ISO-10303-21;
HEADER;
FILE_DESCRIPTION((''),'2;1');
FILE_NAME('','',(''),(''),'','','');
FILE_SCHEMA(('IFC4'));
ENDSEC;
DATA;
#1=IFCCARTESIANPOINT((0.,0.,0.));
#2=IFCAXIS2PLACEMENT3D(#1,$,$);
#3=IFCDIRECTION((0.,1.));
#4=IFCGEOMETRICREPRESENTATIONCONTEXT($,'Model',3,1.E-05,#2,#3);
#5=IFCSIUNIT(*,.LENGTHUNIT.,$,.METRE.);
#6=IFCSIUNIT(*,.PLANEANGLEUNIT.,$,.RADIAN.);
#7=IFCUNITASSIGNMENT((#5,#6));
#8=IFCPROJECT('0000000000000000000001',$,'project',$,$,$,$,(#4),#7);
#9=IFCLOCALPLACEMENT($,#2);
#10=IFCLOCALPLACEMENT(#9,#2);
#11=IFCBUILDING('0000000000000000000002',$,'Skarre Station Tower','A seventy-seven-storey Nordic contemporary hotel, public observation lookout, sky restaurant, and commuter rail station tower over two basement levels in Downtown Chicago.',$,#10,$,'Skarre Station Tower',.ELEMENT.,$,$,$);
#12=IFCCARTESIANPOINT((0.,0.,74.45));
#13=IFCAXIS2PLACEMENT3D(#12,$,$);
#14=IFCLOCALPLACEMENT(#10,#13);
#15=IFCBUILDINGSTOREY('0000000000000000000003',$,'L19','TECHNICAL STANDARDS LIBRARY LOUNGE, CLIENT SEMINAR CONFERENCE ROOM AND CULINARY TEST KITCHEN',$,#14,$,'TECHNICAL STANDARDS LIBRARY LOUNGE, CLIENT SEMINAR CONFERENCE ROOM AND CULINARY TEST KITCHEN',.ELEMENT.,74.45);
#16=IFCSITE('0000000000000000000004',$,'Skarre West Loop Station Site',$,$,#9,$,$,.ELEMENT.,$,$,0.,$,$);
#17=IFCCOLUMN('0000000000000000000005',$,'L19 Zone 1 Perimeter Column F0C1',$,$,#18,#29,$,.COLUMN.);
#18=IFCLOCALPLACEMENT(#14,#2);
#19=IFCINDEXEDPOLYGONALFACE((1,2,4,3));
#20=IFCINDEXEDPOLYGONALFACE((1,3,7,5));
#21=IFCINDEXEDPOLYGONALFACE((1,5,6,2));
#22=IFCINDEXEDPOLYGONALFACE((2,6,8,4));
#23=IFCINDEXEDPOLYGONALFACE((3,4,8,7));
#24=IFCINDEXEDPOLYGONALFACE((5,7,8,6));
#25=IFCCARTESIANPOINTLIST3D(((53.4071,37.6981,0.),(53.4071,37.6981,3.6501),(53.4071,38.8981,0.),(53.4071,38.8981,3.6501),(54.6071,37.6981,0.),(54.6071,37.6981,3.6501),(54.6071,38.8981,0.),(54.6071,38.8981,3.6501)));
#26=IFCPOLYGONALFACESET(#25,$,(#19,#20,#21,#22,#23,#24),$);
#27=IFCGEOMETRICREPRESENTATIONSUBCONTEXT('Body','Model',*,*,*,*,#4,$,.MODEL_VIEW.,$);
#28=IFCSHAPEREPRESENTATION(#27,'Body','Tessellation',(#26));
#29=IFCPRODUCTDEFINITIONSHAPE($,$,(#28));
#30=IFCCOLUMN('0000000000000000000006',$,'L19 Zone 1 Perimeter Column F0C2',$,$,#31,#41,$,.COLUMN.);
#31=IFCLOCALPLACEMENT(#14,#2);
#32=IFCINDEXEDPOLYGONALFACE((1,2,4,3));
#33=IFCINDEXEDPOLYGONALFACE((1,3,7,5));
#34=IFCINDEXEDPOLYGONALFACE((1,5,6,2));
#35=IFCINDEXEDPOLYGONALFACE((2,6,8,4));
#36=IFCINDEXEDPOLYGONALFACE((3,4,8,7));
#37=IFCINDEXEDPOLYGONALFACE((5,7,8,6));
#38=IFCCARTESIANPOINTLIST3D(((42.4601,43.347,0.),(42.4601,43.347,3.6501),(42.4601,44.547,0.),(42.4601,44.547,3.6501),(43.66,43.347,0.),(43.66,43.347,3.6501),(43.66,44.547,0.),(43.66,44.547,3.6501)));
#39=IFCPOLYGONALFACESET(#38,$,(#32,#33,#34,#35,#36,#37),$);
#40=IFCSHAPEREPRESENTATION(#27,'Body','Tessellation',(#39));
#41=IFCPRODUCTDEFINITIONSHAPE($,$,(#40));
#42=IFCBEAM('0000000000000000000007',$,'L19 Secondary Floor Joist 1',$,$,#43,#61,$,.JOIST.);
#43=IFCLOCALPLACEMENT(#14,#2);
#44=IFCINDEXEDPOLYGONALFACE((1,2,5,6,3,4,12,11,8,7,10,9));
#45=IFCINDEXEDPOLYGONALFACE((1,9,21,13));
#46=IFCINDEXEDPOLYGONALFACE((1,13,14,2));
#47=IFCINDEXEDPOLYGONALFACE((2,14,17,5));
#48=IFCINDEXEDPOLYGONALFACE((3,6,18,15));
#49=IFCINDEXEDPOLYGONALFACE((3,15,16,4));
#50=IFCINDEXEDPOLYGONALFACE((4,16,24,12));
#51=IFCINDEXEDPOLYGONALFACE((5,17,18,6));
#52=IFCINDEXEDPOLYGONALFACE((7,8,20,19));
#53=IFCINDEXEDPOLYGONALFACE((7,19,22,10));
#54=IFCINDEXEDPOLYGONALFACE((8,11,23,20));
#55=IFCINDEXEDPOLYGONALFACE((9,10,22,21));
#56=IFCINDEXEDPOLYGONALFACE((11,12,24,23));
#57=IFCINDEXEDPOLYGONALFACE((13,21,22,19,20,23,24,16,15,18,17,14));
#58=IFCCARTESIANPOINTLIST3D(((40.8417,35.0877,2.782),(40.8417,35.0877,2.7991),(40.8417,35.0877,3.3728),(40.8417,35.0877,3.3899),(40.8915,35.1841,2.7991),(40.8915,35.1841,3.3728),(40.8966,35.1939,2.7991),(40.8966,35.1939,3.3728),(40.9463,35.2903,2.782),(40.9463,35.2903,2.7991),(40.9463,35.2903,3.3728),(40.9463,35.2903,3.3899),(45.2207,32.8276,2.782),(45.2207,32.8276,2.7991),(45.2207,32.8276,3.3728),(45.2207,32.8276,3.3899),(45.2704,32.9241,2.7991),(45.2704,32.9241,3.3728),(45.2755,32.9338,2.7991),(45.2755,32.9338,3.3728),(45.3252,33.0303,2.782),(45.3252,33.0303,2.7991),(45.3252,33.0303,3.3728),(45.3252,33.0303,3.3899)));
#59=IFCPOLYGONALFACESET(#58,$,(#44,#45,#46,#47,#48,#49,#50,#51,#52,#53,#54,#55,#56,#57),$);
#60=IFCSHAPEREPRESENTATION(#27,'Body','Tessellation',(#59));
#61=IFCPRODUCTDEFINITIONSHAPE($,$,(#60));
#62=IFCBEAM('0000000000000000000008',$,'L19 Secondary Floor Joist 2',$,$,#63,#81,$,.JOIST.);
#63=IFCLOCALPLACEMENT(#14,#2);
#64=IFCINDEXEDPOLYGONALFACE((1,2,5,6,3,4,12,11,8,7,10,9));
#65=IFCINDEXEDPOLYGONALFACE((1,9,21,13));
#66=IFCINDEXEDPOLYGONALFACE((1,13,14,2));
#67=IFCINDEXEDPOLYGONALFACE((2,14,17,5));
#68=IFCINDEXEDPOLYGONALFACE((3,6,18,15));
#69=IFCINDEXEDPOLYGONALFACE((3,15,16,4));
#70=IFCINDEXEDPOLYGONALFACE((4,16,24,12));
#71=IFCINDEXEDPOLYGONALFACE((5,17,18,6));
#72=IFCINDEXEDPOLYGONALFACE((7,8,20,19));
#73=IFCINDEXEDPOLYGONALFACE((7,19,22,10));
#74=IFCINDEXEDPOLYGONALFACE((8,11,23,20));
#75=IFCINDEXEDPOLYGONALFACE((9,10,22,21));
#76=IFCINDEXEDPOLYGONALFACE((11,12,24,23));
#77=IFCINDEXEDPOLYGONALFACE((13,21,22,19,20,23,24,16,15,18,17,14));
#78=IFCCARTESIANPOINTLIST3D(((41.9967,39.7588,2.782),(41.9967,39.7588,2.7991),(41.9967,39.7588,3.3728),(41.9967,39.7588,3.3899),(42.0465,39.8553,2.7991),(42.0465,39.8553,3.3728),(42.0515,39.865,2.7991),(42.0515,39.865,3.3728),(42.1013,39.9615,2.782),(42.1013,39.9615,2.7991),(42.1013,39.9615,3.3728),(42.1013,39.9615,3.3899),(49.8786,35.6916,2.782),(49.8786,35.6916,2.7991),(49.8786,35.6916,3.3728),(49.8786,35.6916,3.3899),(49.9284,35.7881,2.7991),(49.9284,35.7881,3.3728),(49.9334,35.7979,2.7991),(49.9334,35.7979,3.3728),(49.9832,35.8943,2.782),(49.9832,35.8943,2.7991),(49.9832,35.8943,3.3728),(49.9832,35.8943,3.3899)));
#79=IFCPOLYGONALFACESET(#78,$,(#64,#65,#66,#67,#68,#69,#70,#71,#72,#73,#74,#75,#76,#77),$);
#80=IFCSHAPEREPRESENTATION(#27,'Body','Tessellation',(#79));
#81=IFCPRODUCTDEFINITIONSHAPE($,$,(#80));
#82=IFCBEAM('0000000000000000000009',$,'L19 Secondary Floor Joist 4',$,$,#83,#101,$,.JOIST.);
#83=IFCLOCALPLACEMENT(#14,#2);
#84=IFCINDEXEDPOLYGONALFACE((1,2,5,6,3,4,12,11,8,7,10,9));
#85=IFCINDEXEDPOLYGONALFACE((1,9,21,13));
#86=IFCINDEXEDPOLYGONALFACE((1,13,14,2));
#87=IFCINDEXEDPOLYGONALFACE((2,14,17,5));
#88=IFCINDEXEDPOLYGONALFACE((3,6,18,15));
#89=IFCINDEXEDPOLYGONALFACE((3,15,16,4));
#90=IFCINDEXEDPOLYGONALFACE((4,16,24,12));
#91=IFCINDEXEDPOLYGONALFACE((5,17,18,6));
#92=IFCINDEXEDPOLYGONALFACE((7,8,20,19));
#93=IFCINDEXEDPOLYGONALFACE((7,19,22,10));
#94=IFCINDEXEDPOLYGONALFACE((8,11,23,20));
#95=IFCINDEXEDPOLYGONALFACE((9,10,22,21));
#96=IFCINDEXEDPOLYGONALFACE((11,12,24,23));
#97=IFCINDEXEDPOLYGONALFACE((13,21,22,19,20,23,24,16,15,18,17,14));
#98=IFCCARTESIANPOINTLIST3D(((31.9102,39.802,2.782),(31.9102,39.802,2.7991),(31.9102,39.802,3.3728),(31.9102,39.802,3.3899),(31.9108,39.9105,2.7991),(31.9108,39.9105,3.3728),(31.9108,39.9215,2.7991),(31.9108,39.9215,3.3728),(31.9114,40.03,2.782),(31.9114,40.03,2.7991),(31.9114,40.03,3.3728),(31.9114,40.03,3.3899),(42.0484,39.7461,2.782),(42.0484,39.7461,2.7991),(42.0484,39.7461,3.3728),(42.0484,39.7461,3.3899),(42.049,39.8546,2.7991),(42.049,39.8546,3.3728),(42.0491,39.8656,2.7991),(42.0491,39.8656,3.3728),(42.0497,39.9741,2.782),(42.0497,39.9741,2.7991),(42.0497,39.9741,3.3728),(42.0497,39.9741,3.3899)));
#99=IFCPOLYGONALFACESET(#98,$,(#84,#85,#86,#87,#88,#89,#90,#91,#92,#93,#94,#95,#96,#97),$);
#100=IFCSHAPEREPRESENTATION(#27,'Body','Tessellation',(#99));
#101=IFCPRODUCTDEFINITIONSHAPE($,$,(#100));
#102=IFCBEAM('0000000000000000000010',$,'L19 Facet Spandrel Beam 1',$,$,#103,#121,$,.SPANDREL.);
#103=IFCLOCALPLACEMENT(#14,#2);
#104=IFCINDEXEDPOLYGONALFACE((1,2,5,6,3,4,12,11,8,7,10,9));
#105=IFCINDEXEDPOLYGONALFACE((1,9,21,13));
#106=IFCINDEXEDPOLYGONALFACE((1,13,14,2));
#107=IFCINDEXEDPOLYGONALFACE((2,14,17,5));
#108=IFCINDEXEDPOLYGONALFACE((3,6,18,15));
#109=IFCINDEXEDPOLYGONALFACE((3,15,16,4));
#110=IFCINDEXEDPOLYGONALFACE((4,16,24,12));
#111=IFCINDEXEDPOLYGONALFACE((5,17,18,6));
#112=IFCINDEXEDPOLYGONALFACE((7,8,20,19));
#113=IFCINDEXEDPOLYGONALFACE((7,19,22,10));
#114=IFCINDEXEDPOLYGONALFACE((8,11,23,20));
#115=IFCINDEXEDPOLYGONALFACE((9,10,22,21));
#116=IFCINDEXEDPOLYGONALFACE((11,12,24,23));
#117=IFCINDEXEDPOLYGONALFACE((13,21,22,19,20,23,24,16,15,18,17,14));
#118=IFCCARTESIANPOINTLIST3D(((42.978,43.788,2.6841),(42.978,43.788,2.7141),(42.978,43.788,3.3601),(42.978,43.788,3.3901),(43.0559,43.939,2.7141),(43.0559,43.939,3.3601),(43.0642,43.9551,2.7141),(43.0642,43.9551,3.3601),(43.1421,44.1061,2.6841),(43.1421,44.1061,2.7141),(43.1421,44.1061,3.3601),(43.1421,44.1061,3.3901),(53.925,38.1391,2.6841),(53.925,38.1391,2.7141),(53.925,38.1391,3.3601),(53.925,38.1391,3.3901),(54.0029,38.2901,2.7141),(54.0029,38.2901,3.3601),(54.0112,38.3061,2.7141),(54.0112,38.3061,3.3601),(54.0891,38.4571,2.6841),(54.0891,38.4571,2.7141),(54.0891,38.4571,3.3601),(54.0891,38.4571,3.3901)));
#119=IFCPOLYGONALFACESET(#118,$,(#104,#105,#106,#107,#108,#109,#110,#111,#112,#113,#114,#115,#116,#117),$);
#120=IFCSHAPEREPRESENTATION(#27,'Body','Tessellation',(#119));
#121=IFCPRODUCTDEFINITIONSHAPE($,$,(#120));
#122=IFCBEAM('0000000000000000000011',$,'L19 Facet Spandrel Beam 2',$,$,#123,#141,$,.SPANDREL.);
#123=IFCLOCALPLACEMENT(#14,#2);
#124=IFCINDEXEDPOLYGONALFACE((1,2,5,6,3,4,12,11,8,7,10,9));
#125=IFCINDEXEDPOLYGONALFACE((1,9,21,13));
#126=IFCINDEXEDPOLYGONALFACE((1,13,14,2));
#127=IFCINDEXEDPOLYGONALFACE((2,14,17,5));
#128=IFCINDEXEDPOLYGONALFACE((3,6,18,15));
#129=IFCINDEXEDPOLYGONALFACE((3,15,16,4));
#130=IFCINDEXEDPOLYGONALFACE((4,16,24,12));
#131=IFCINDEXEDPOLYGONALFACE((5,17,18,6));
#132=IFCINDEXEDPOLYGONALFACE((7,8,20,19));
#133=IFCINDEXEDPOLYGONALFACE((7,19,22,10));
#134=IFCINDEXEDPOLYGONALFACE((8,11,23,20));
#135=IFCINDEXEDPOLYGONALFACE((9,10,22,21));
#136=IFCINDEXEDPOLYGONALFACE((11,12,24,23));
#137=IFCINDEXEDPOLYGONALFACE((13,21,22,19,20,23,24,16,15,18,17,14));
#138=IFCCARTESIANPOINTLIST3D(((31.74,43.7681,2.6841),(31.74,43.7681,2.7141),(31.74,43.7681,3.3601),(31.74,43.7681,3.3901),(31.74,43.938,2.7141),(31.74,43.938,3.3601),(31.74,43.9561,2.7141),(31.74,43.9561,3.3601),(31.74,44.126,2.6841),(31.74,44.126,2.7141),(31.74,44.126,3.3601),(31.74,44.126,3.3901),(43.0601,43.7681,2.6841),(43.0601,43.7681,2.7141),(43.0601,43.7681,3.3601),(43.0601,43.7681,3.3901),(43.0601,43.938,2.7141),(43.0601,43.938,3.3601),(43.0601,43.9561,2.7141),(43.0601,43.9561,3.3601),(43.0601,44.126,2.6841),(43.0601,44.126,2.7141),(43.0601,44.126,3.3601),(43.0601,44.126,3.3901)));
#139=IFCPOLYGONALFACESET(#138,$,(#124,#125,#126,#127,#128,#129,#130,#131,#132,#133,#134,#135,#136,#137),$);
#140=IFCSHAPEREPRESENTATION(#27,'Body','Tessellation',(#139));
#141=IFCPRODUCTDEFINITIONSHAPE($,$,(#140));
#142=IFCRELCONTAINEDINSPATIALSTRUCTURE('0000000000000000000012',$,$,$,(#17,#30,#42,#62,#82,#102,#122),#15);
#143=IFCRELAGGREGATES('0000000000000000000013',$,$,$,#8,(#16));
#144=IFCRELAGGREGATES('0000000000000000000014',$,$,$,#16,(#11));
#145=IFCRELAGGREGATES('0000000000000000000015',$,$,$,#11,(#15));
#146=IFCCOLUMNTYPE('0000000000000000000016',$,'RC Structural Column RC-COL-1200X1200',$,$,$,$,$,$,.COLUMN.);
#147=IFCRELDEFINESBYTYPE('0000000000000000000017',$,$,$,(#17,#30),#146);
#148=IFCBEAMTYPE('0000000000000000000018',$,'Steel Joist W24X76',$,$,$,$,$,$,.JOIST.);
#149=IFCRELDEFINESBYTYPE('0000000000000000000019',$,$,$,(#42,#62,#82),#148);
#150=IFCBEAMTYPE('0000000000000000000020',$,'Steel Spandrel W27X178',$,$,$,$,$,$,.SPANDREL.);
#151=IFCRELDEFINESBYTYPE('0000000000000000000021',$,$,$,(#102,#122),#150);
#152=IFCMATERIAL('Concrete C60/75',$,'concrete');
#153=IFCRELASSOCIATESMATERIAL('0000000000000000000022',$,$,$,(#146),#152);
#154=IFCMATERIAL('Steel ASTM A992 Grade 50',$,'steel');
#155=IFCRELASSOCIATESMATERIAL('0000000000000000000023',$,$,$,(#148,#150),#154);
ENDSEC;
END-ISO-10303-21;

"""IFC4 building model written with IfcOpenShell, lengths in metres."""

from ifc_helpers import new_model, si_unit, direction, frame, origin, origin_2d, place, context, subcontext, project, spatial, rectangle, i_section, extrude, material, material_profile, profile_set, type_object, element, save


model = new_model("IFC4")

# Units and contexts
model_context = context("Model", 3, precision=1e-05, world=origin(), true_north=direction((0.0, 1.0)))
body_context = subcontext(model_context, "Body", "Model", "MODEL_VIEW")
ifc_project = project(units=[si_unit("LENGTHUNIT", "METRE"), si_unit("PLANEANGLEUNIT", "RADIAN")], contexts=[model_context])

# Site, building, storey
site_placement = place(None, origin())
site = spatial("IfcSite", under=ifc_project, at=site_placement, Name="Skarre West Loop Station Site", CompositionType="ELEMENT", RefElevation=0.0)
building_placement = place(site_placement, origin())
building = spatial("IfcBuilding", under=site, at=building_placement, Name="Skarre Station Tower", Description="A seventy-seven-storey Nordic contemporary hotel, public observation lookout, sky restaurant, and commuter rail station tower over two basement levels in Downtown Chicago.", LongName="Skarre Station Tower", CompositionType="ELEMENT")
storey_placement = place(building_placement, frame((0.0, 0.0, 74.45)))
storey = spatial("IfcBuildingStorey", under=building, at=storey_placement, Name="L19", Description="TECHNICAL STANDARDS LIBRARY LOUNGE, CLIENT SEMINAR CONFERENCE ROOM AND CULINARY TEST KITCHEN", LongName="TECHNICAL STANDARDS LIBRARY LOUNGE, CLIENT SEMINAR CONFERENCE ROOM AND CULINARY TEST KITCHEN", CompositionType="ELEMENT", Elevation=74.45)

# Columns
ifc_material_1 = material(Name="Concrete C60/75", Category="concrete")
ifc_material_profile_1 = material_profile(ifc_material_1, rectangle(XDim=1.2, YDim=1.2, at=origin_2d()), Name="Concrete C60/75")
ifc_profile_set_1 = profile_set([ifc_material_profile_1], Name="Concrete C60/75")
column_type = type_object("IfcColumnType", Name="RC Structural Column RC-COL-1200X1200", PredefinedType="COLUMN", material=ifc_profile_set_1)
for number, where, z_axis, x_axis, name in (
    (1, (54.0071, 38.2981, 0.0), (0.0, 0.0, 1.0), (1.0, 0.0, 0.0), "L19 Zone 1 Perimeter Column F0C1"),
    (2, (43.0601, 43.947, 0.0), (0.0, 0.0, 1.0), (1.0, 0.0, 0.0), "L19 Zone 1 Perimeter Column F0C2"),
):
    element("IfcColumn", number, at=place(storey_placement, frame(where, z_axis=z_axis, x_axis=x_axis)), inside=storey, type_object=column_type, Name=name, PredefinedType="COLUMN", context=body_context, shape_type="SweptSolid", body=[
        extrude(rectangle(XDim=1.2, YDim=1.2, at=origin_2d()), origin(), (0.0, 0.0, 1.0), 3.6501),
    ])

# Beams
ifc_material_2 = material(Name="Steel ASTM A992 Grade 50", Category="steel")
ifc_material_profile_2 = material_profile(ifc_material_2, i_section(OverallWidth=0.228, OverallDepth=0.6079, WebThickness=0.011, FlangeThickness=0.0171, at=origin_2d()), Name="Steel ASTM A992 Grade 50")
ifc_profile_set_2 = profile_set([ifc_material_profile_2], Name="Steel ASTM A992 Grade 50")
beam_type_1 = type_object("IfcBeamType", Name="Steel Joist W24X76", PredefinedType="JOIST", material=ifc_profile_set_2)
beam_1_placement = place(storey_placement, frame((45.2729, 32.929, 3.0859), z_axis=(-0.888627, 0.458632, 0.0), x_axis=(-0.458632, -0.888627, 0.0)))
element("IfcBeam", 3, at=beam_1_placement, inside=storey, type_object=beam_type_1, Name="L19 Secondary Floor Joist 1", PredefinedType="JOIST", context=body_context, shape_type="SweptSolid", body=[
    extrude(i_section(OverallWidth=0.228, OverallDepth=0.6079, WebThickness=0.011, FlangeThickness=0.0171, at=origin_2d()), origin(), (0.0, 0.0, 1.0), 4.9277),
])
beam_2_placement = place(storey_placement, frame((49.9309, 35.793, 3.0859), z_axis=(-0.888662, 0.458562, 0.0), x_axis=(-0.458562, -0.888662, 0.0)))
element("IfcBeam", 4, at=beam_2_placement, inside=storey, type_object=beam_type_1, Name="L19 Secondary Floor Joist 2", PredefinedType="JOIST", context=body_context, shape_type="SweptSolid", body=[
    extrude(i_section(OverallWidth=0.228, OverallDepth=0.6079, WebThickness=0.011, FlangeThickness=0.0171, at=origin_2d()), origin(), (0.0, 0.0, 1.0), 8.8694),
])
beam_3_placement = place(storey_placement, frame((42.0491, 39.8601, 3.0859), z_axis=(-0.999985, 0.005515, 0.0), x_axis=(-0.005515, -0.999985, 0.0)))
element("IfcBeam", 5, at=beam_3_placement, inside=storey, type_object=beam_type_1, Name="L19 Secondary Floor Joist 4", PredefinedType="JOIST", context=body_context, shape_type="SweptSolid", body=[
    extrude(i_section(OverallWidth=0.228, OverallDepth=0.6079, WebThickness=0.011, FlangeThickness=0.0171, at=origin_2d()), origin(), (0.0, 0.0, 1.0), 10.1384),
])
ifc_material_profile_3 = material_profile(ifc_material_2, i_section(OverallWidth=0.3579, OverallDepth=0.7061, WebThickness=0.0181, FlangeThickness=0.03, at=origin_2d()), Name="Steel ASTM A992 Grade 50")
ifc_profile_set_3 = profile_set([ifc_material_profile_3], Name="Steel ASTM A992 Grade 50")
beam_type_2 = type_object("IfcBeamType", Name="Steel Spandrel W27X178", PredefinedType="SPANDREL", material=ifc_profile_set_3)
beam_4_placement = place(storey_placement, frame((54.0071, 38.2981, 3.0371), z_axis=(-0.888659, 0.458569, 0.0), x_axis=(-0.458569, -0.888659, 0.0)))
element("IfcBeam", 6, at=beam_4_placement, inside=storey, type_object=beam_type_2, Name="L19 Facet Spandrel Beam 1", PredefinedType="SPANDREL", context=body_context, shape_type="SweptSolid", body=[
    extrude(i_section(OverallWidth=0.3579, OverallDepth=0.7061, WebThickness=0.0181, FlangeThickness=0.03, at=origin_2d()), origin(), (0.0, 0.0, 1.0), 12.3186),
])
beam_5_placement = place(storey_placement, frame((43.0601, 43.947, 3.0371), z_axis=(-1.0, 0.0, 0.0), x_axis=(0.0, -1.0, 0.0)))
element("IfcBeam", 7, at=beam_5_placement, inside=storey, type_object=beam_type_2, Name="L19 Facet Spandrel Beam 2", PredefinedType="SPANDREL", context=body_context, shape_type="SweptSolid", body=[
    extrude(i_section(OverallWidth=0.3579, OverallDepth=0.7061, WebThickness=0.0181, FlangeThickness=0.03, at=origin_2d()), origin(), (0.0, 0.0, 1.0), 11.3201),
])

save(model, "model.ifc")
